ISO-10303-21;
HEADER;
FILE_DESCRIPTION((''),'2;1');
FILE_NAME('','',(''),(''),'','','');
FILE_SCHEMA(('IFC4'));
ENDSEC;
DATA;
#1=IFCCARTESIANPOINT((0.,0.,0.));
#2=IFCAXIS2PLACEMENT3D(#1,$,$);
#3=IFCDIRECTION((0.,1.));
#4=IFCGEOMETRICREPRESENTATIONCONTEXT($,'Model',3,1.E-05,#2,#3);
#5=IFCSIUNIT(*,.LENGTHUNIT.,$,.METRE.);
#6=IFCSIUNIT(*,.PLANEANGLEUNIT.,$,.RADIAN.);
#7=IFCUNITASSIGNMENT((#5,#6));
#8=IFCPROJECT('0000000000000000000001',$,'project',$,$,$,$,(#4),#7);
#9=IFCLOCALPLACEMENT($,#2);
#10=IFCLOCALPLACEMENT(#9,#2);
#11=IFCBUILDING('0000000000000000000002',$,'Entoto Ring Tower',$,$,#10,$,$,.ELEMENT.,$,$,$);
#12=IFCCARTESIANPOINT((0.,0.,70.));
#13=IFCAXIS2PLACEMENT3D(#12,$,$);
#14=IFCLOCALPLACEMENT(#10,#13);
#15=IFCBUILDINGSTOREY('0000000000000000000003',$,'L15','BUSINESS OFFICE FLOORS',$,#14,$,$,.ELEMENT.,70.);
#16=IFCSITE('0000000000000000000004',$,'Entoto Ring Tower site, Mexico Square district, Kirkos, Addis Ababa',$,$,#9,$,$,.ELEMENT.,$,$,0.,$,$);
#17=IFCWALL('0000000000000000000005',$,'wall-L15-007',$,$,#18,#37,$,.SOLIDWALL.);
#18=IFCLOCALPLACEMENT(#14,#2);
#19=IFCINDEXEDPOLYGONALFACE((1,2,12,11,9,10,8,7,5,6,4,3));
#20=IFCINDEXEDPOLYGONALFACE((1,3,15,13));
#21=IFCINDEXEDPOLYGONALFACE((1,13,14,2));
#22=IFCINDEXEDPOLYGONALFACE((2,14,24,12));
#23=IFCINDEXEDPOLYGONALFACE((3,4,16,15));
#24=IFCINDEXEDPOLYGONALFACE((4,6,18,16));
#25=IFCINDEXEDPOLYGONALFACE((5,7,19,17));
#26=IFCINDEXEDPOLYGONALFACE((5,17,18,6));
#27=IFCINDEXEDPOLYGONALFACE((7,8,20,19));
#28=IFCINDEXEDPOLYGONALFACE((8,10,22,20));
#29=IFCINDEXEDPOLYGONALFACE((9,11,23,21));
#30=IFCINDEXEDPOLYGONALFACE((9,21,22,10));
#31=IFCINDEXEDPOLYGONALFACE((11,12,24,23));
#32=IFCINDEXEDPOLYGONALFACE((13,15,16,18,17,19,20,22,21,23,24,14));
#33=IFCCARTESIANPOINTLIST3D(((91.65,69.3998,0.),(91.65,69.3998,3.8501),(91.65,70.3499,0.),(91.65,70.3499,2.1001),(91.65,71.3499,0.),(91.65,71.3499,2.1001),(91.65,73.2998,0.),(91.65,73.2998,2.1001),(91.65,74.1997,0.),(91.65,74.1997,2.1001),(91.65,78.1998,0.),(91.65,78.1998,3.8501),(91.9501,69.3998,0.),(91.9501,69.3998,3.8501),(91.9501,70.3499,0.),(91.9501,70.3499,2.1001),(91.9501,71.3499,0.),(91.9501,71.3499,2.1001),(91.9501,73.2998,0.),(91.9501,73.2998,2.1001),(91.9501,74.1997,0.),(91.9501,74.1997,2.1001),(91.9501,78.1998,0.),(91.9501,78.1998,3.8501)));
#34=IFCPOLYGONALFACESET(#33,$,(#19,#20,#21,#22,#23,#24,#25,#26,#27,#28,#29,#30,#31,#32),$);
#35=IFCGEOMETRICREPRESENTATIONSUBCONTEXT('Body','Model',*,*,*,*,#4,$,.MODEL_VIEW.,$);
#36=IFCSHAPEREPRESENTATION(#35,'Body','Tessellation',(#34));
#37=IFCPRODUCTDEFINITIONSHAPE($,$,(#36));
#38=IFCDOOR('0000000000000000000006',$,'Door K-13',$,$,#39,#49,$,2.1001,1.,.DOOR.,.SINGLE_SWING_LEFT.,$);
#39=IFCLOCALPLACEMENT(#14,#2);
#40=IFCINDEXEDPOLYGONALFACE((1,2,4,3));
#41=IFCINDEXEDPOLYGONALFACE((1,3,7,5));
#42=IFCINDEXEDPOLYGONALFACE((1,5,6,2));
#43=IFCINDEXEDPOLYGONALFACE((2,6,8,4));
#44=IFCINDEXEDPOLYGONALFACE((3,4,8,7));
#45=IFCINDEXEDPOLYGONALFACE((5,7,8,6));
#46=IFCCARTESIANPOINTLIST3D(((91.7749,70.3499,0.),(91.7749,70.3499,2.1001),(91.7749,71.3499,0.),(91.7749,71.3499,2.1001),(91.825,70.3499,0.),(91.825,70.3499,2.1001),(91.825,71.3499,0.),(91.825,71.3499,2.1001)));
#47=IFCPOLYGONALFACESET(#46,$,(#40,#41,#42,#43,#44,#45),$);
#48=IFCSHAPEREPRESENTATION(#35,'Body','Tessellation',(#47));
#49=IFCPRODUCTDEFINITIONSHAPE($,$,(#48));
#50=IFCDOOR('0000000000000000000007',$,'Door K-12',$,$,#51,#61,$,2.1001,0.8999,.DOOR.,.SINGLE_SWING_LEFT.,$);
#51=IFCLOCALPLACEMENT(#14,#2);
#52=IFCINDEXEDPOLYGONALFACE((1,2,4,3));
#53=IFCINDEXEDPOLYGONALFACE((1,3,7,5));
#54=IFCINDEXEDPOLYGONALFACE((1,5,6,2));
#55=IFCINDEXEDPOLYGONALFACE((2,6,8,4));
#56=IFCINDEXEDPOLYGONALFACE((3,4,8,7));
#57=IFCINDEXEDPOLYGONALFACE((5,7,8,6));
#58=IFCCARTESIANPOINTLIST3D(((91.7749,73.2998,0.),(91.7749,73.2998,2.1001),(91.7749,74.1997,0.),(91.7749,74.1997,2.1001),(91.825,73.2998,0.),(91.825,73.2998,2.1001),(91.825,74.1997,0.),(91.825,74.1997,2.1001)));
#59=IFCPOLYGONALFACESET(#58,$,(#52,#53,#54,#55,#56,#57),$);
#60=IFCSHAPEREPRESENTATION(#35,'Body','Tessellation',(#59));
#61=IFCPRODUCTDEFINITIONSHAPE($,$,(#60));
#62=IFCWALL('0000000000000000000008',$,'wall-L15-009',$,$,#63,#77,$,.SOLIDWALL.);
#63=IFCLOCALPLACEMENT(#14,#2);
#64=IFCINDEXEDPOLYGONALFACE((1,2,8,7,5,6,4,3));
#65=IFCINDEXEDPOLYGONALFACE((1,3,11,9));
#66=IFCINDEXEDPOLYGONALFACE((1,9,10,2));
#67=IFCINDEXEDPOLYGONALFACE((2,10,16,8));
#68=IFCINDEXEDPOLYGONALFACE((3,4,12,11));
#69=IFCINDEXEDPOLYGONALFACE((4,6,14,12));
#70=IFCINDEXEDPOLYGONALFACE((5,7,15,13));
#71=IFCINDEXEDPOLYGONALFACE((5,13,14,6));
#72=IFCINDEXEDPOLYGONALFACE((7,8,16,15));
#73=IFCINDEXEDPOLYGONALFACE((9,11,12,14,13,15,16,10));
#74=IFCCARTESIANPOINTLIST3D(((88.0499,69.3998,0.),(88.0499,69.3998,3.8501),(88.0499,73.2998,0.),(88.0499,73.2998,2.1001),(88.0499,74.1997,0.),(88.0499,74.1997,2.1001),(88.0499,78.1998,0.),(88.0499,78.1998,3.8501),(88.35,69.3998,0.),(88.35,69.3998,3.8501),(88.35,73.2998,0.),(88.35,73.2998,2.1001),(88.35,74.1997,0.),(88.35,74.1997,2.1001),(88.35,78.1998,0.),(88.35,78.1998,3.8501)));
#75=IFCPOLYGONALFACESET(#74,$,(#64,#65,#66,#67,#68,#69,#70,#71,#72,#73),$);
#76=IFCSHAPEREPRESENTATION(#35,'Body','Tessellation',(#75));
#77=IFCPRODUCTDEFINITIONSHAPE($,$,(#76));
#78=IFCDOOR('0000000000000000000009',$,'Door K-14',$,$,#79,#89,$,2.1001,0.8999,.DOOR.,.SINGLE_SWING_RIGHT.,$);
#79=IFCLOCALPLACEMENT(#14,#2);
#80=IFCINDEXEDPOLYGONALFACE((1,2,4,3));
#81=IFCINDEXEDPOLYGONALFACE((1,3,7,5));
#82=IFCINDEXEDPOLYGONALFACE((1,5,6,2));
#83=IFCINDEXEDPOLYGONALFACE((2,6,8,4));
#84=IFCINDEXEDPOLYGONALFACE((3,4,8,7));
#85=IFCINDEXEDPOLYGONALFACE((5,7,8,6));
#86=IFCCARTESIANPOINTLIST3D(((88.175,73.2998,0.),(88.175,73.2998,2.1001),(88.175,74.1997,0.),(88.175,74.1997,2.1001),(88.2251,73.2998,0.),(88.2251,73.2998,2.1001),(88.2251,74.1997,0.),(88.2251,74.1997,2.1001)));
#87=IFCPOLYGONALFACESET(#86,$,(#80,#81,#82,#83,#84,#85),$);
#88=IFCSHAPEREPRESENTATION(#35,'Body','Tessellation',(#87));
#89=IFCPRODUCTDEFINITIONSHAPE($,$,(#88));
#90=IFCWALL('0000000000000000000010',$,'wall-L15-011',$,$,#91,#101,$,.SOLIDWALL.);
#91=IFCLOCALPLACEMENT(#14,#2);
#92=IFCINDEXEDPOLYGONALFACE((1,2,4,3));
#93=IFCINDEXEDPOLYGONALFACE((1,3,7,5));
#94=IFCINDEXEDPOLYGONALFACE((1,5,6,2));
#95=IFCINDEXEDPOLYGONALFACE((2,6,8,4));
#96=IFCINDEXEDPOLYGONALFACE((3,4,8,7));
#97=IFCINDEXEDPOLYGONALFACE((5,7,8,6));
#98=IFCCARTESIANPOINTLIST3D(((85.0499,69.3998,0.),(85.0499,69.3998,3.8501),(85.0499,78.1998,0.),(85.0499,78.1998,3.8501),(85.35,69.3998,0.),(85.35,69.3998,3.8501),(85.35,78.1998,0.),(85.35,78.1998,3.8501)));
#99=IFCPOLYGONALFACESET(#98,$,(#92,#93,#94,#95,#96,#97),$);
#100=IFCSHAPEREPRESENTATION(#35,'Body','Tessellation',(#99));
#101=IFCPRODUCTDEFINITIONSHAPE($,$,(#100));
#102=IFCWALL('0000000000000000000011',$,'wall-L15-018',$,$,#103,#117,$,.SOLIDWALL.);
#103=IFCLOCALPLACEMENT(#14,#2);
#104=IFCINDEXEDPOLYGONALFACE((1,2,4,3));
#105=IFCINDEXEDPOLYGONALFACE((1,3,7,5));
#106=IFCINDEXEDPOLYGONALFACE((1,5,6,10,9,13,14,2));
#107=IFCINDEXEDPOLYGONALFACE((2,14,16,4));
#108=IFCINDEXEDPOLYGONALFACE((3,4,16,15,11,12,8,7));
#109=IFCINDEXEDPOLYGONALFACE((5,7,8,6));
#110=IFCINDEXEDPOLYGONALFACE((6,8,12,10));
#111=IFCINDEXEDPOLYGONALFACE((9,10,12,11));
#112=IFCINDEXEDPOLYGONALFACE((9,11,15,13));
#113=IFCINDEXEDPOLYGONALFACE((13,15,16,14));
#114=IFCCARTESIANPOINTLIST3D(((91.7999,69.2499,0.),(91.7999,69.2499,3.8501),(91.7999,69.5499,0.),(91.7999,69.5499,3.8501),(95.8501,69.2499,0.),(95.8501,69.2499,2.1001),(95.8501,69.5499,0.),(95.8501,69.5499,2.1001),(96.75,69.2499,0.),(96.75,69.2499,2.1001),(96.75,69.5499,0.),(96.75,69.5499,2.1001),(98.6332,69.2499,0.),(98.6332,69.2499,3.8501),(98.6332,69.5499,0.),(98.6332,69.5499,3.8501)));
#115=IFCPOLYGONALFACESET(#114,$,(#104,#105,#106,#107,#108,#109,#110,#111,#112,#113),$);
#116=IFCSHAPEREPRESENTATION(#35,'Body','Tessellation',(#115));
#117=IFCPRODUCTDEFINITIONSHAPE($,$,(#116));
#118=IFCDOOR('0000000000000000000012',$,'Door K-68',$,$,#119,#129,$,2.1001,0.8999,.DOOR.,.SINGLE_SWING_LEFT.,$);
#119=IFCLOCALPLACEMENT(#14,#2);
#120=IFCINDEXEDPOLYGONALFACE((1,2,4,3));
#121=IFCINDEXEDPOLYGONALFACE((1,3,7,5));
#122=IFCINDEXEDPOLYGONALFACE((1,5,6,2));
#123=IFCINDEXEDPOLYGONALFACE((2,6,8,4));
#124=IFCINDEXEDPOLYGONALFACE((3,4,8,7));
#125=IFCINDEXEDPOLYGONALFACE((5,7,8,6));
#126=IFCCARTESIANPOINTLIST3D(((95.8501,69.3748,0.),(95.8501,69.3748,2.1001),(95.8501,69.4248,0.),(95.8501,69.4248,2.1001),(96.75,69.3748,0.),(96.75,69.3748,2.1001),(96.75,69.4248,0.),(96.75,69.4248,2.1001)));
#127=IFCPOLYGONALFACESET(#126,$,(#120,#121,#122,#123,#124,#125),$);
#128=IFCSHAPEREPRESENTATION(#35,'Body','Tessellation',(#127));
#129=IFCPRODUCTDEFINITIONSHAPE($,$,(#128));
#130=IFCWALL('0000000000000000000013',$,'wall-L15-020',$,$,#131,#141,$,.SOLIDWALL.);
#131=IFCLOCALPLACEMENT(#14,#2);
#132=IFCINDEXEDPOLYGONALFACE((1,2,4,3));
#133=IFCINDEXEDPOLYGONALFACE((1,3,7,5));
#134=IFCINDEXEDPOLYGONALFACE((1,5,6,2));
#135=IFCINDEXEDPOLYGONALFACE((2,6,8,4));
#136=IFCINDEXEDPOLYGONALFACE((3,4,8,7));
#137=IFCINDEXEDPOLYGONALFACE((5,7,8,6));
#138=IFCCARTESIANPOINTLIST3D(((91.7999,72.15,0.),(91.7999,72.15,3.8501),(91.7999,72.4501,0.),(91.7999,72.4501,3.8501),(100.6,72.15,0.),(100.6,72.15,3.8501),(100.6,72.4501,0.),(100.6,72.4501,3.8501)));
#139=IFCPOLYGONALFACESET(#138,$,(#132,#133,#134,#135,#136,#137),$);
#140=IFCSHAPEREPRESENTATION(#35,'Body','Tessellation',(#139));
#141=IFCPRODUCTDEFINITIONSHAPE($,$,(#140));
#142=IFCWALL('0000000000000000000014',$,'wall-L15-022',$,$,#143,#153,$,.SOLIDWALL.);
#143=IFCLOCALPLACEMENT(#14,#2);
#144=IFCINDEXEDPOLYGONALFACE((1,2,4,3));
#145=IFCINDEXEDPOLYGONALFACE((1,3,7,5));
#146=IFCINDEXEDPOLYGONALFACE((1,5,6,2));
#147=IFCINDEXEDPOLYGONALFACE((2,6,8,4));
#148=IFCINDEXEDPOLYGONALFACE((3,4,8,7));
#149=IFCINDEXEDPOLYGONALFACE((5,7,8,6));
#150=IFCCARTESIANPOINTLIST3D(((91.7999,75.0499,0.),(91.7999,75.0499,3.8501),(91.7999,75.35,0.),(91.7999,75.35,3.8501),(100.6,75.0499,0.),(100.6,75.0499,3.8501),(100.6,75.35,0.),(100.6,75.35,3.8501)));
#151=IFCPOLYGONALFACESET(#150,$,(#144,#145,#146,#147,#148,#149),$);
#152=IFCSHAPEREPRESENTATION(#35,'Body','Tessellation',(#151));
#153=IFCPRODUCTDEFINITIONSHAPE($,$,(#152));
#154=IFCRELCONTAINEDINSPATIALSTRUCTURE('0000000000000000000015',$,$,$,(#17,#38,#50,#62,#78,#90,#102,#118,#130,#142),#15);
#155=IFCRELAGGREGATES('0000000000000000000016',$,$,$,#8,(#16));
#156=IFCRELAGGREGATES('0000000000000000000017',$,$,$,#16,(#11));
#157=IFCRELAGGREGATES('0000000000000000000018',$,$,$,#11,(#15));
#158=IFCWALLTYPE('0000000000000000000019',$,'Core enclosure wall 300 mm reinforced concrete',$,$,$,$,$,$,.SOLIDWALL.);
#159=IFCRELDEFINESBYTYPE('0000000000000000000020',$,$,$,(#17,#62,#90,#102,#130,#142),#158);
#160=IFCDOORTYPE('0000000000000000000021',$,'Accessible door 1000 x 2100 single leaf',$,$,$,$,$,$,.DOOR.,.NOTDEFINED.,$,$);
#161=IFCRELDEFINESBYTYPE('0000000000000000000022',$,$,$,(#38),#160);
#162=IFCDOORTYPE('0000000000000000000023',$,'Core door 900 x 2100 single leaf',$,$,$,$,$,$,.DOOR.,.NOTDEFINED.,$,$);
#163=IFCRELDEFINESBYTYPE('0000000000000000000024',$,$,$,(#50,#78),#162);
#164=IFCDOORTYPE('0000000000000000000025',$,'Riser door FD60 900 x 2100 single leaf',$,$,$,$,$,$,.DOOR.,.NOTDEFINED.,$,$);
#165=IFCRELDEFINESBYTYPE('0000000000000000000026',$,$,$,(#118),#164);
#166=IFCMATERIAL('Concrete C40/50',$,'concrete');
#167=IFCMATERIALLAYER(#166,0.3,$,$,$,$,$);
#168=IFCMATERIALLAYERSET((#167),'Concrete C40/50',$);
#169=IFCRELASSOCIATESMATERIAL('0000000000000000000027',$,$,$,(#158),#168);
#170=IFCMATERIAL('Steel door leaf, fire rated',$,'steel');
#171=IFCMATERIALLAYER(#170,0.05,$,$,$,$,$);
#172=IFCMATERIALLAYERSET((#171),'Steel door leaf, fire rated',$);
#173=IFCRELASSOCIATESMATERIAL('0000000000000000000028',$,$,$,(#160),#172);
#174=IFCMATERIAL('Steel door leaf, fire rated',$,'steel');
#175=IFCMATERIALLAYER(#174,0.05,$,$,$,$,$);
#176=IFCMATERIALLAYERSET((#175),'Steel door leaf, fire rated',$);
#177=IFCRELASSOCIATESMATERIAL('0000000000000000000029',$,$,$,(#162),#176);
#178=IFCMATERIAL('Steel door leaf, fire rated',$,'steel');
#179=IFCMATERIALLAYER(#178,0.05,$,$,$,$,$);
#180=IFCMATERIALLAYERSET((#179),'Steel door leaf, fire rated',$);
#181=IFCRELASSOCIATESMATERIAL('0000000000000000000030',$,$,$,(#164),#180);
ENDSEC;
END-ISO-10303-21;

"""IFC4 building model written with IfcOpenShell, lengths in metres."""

from ifc_helpers import new_model, si_unit, direction, frame, frame_2d, origin, place, context, subcontext, project, spatial, rectangle, extrude, material, layer, layer_set, type_object, element, fill, save


model = new_model("IFC4")

# Units and contexts
model_context = context("Model", 3, precision=1e-05, world=origin(), true_north=direction((0.0, 1.0)))
body_context = subcontext(model_context, "Body", "Model", "MODEL_VIEW")
ifc_project = project(units=[si_unit("LENGTHUNIT", "METRE"), si_unit("PLANEANGLEUNIT", "RADIAN")], contexts=[model_context])

# Site, building, storey
site_placement = place(None, origin())
site = spatial("IfcSite", under=ifc_project, at=site_placement, Name="Entoto Ring Tower site, Mexico Square district, Kirkos, Addis Ababa", CompositionType="ELEMENT", RefElevation=0.0)
building_placement = place(site_placement, origin())
building = spatial("IfcBuilding", under=site, at=building_placement, Name="Entoto Ring Tower", CompositionType="ELEMENT")
storey_placement = place(building_placement, frame((0.0, 0.0, 70.0)))
storey = spatial("IfcBuildingStorey", under=building, at=storey_placement, Name="L15", Description="BUSINESS OFFICE FLOORS", CompositionType="ELEMENT", Elevation=70.0)

# Shared definitions
ifc_material_1 = material(Name="Concrete C40/50", Category="concrete")
ifc_layer_1 = layer(ifc_material_1, 0.3)
ifc_layer_set_1 = layer_set([ifc_layer_1], Name="Concrete C40/50")
wall_type_1 = type_object("IfcWallType", Name="Core enclosure wall 300 mm reinforced concrete", PredefinedType="SOLIDWALL", material=ifc_layer_set_1)

# Wall, openings, doors
wall_1_placement = place(storey_placement, frame((91.8, 69.3999, 0.0), z_axis=(0.0, 0.0, 1.0), x_axis=(0.0, 1.0, 0.0)))
wall_1 = element("IfcWall", 1, at=wall_1_placement, inside=storey, type_object=wall_type_1, Name="wall-L15-007", PredefinedType="SOLIDWALL", context=body_context, shape_type="SweptSolid", body=[
    extrude(rectangle(XDim=8.8, YDim=0.3, at=frame_2d((4.3999, 0.0))), origin(), (0.0, 0.0, 1.0), 3.8501),
])
opening_1_placement = place(wall_1_placement, frame((3.8999, 0.0, 0.0)))
opening_1 = element("IfcOpeningElement", 2, at=opening_1_placement, cuts=wall_1, PredefinedType="OPENING", context=body_context, shape_type="SweptSolid", body=[
    extrude(rectangle(XDim=0.8999, YDim=2.1001, at=frame_2d((0.45, 1.05))), frame((0.0, 0.1602, 0.0), z_axis=(0.0, -1.0, 0.0), x_axis=(1.0, 0.0, 0.0)), (0.0, 0.0, 1.0), 0.3201),
])
opening_2_placement = place(wall_1_placement, frame((0.95, 0.0, 0.0)))
opening_2 = element("IfcOpeningElement", 3, at=opening_2_placement, cuts=wall_1, PredefinedType="OPENING", context=body_context, shape_type="SweptSolid", body=[
    extrude(rectangle(XDim=1.0, YDim=2.1001, at=frame_2d((0.5, 1.05))), frame((0.0, 0.1602, 0.0), z_axis=(0.0, -1.0, 0.0), x_axis=(1.0, 0.0, 0.0)), (0.0, 0.0, 1.0), 0.3201),
])
ifc_material_2 = material(Name="Steel door leaf, fire rated", Category="steel")
ifc_layer_2 = layer(ifc_material_2, 0.05)
ifc_layer_set_2 = layer_set([ifc_layer_2], Name="Steel door leaf, fire rated")
door_type_1 = type_object("IfcDoorType", Name="Accessible door 1000 x 2100 single leaf", OperationType="NOTDEFINED", PredefinedType="DOOR", material=ifc_layer_set_2)
door_1_placement = place(opening_2_placement, frame((1.0, 0.0, 0.0), z_axis=(0.0, 0.0, 1.0), x_axis=(-1.0, 0.0, 0.0)))
door_1 = element("IfcDoor", 4, at=door_1_placement, inside=storey, type_object=door_type_1, Name="Door K-13", OperationType="SINGLE_SWING_LEFT", OverallHeight=2.1001, OverallWidth=1.0, PredefinedType="DOOR", context=body_context, shape_type="SweptSolid", body=[
    extrude(rectangle(XDim=1.0, YDim=2.1001, at=frame_2d((0.5, 1.05))), frame((0.0, 0.0249, 0.0), z_axis=(0.0, -1.0, 0.0), x_axis=(1.0, 0.0, 0.0)), (0.0, 0.0, 1.0), 0.05),
])
fill(opening_2, door_1)
ifc_material_3 = material(Name="Steel door leaf, fire rated", Category="steel")
ifc_layer_3 = layer(ifc_material_3, 0.05)
ifc_layer_set_3 = layer_set([ifc_layer_3], Name="Steel door leaf, fire rated")
door_type_2 = type_object("IfcDoorType", Name="Core door 900 x 2100 single leaf", OperationType="NOTDEFINED", PredefinedType="DOOR", material=ifc_layer_set_3)
door_2_placement = place(opening_1_placement, frame((0.8999, 0.0, 0.0), z_axis=(0.0, 0.0, 1.0), x_axis=(-1.0, 0.0, 0.0)))
door_2 = element("IfcDoor", 5, at=door_2_placement, inside=storey, type_object=door_type_2, Name="Door K-12", OperationType="SINGLE_SWING_LEFT", OverallHeight=2.1001, OverallWidth=0.8999, PredefinedType="DOOR", context=body_context, shape_type="SweptSolid", body=[
    extrude(rectangle(XDim=0.8999, YDim=2.1001, at=frame_2d((0.45, 1.05))), frame((0.0, 0.0249, 0.0), z_axis=(0.0, -1.0, 0.0), x_axis=(1.0, 0.0, 0.0)), (0.0, 0.0, 1.0), 0.05),
])
fill(opening_1, door_2)

# Wall, opening, door
wall_2_placement = place(storey_placement, frame((88.2, 69.3999, 0.0), z_axis=(0.0, 0.0, 1.0), x_axis=(0.0, 1.0, 0.0)))
wall_2 = element("IfcWall", 6, at=wall_2_placement, inside=storey, type_object=wall_type_1, Name="wall-L15-009", PredefinedType="SOLIDWALL", context=body_context, shape_type="SweptSolid", body=[
    extrude(rectangle(XDim=8.8, YDim=0.3, at=frame_2d((4.3999, 0.0))), origin(), (0.0, 0.0, 1.0), 3.8501),
])
opening_3_placement = place(wall_2_placement, frame((3.8999, 0.0, 0.0)))
opening_3 = element("IfcOpeningElement", 7, at=opening_3_placement, cuts=wall_2, PredefinedType="OPENING", context=body_context, shape_type="SweptSolid", body=[
    extrude(rectangle(XDim=0.8999, YDim=2.1001, at=frame_2d((0.45, 1.05))), frame((0.0, 0.1602, 0.0), z_axis=(0.0, -1.0, 0.0), x_axis=(1.0, 0.0, 0.0)), (0.0, 0.0, 1.0), 0.3201),
])
door_3_placement = place(opening_3_placement, origin())
door_3 = element("IfcDoor", 8, at=door_3_placement, inside=storey, type_object=door_type_2, Name="Door K-14", OperationType="SINGLE_SWING_RIGHT", OverallHeight=2.1001, OverallWidth=0.8999, PredefinedType="DOOR", context=body_context, shape_type="SweptSolid", body=[
    extrude(rectangle(XDim=0.8999, YDim=2.1001, at=frame_2d((0.45, 1.05))), frame((0.0, 0.0249, 0.0), z_axis=(0.0, -1.0, 0.0), x_axis=(1.0, 0.0, 0.0)), (0.0, 0.0, 1.0), 0.05),
])
fill(opening_3, door_3)

# Wall
wall_3_placement = place(storey_placement, frame((85.2, 69.3999, 0.0), z_axis=(0.0, 0.0, 1.0), x_axis=(0.0, 1.0, 0.0)))
element("IfcWall", 9, at=wall_3_placement, inside=storey, type_object=wall_type_1, Name="wall-L15-011", PredefinedType="SOLIDWALL", context=body_context, shape_type="SweptSolid", body=[
    extrude(rectangle(XDim=8.8, YDim=0.3, at=frame_2d((4.3999, 0.0))), origin(), (0.0, 0.0, 1.0), 3.8501),
])

# Wall, opening, door
wall_4_placement = place(storey_placement, frame((91.8, 69.3999, 0.0), z_axis=(0.0, 0.0, 1.0), x_axis=(1.0, 0.0, 0.0)))
wall_4 = element("IfcWall", 10, at=wall_4_placement, inside=storey, type_object=wall_type_1, Name="wall-L15-018", PredefinedType="SOLIDWALL", context=body_context, shape_type="SweptSolid", body=[
    extrude(rectangle(XDim=6.8333, YDim=0.3, at=frame_2d((3.4165, 0.0))), origin(), (0.0, 0.0, 1.0), 3.8501),
])
opening_4_placement = place(wall_4_placement, frame((4.05, 0.0, 0.0)))
opening_4 = element("IfcOpeningElement", 11, at=opening_4_placement, cuts=wall_4, PredefinedType="OPENING", context=body_context, shape_type="SweptSolid", body=[
    extrude(rectangle(XDim=0.8999, YDim=2.1001, at=frame_2d((0.45, 1.05))), frame((0.0, 0.1602, 0.0), z_axis=(0.0, -1.0, 0.0), x_axis=(1.0, 0.0, 0.0)), (0.0, 0.0, 1.0), 0.3201),
])
ifc_material_4 = material(Name="Steel door leaf, fire rated", Category="steel")
ifc_layer_4 = layer(ifc_material_4, 0.05)
ifc_layer_set_4 = layer_set([ifc_layer_4], Name="Steel door leaf, fire rated")
door_type_3 = type_object("IfcDoorType", Name="Riser door FD60 900 x 2100 single leaf", OperationType="NOTDEFINED", PredefinedType="DOOR", material=ifc_layer_set_4)
door_4_placement = place(opening_4_placement, origin())
door_4 = element("IfcDoor", 12, at=door_4_placement, inside=storey, type_object=door_type_3, Name="Door K-68", OperationType="SINGLE_SWING_LEFT", OverallHeight=2.1001, OverallWidth=0.8999, PredefinedType="DOOR", context=body_context, shape_type="SweptSolid", body=[
    extrude(rectangle(XDim=0.8999, YDim=2.1001, at=frame_2d((0.45, 1.05))), frame((0.0, 0.0249, 0.0), z_axis=(0.0, -1.0, 0.0), x_axis=(1.0, 0.0, 0.0)), (0.0, 0.0, 1.0), 0.05),
])
fill(opening_4, door_4)

# Walls
for number, where, z_axis, x_axis, name in (
    (13, (91.8, 72.3, 0.0), (0.0, 0.0, 1.0), (1.0, 0.0, 0.0), "wall-L15-020"),
    (14, (91.8, 75.2, 0.0), (0.0, 0.0, 1.0), (1.0, 0.0, 0.0), "wall-L15-022"),
):
    element("IfcWall", number, at=place(storey_placement, frame(where, z_axis=z_axis, x_axis=x_axis)), inside=storey, type_object=wall_type_1, Name=name, PredefinedType="SOLIDWALL", context=body_context, shape_type="SweptSolid", body=[
        extrude(rectangle(XDim=8.8, YDim=0.3, at=frame_2d((4.3999, 0.0))), origin(), (0.0, 0.0, 1.0), 3.8501),
    ])

save(model, "model.ifc")
